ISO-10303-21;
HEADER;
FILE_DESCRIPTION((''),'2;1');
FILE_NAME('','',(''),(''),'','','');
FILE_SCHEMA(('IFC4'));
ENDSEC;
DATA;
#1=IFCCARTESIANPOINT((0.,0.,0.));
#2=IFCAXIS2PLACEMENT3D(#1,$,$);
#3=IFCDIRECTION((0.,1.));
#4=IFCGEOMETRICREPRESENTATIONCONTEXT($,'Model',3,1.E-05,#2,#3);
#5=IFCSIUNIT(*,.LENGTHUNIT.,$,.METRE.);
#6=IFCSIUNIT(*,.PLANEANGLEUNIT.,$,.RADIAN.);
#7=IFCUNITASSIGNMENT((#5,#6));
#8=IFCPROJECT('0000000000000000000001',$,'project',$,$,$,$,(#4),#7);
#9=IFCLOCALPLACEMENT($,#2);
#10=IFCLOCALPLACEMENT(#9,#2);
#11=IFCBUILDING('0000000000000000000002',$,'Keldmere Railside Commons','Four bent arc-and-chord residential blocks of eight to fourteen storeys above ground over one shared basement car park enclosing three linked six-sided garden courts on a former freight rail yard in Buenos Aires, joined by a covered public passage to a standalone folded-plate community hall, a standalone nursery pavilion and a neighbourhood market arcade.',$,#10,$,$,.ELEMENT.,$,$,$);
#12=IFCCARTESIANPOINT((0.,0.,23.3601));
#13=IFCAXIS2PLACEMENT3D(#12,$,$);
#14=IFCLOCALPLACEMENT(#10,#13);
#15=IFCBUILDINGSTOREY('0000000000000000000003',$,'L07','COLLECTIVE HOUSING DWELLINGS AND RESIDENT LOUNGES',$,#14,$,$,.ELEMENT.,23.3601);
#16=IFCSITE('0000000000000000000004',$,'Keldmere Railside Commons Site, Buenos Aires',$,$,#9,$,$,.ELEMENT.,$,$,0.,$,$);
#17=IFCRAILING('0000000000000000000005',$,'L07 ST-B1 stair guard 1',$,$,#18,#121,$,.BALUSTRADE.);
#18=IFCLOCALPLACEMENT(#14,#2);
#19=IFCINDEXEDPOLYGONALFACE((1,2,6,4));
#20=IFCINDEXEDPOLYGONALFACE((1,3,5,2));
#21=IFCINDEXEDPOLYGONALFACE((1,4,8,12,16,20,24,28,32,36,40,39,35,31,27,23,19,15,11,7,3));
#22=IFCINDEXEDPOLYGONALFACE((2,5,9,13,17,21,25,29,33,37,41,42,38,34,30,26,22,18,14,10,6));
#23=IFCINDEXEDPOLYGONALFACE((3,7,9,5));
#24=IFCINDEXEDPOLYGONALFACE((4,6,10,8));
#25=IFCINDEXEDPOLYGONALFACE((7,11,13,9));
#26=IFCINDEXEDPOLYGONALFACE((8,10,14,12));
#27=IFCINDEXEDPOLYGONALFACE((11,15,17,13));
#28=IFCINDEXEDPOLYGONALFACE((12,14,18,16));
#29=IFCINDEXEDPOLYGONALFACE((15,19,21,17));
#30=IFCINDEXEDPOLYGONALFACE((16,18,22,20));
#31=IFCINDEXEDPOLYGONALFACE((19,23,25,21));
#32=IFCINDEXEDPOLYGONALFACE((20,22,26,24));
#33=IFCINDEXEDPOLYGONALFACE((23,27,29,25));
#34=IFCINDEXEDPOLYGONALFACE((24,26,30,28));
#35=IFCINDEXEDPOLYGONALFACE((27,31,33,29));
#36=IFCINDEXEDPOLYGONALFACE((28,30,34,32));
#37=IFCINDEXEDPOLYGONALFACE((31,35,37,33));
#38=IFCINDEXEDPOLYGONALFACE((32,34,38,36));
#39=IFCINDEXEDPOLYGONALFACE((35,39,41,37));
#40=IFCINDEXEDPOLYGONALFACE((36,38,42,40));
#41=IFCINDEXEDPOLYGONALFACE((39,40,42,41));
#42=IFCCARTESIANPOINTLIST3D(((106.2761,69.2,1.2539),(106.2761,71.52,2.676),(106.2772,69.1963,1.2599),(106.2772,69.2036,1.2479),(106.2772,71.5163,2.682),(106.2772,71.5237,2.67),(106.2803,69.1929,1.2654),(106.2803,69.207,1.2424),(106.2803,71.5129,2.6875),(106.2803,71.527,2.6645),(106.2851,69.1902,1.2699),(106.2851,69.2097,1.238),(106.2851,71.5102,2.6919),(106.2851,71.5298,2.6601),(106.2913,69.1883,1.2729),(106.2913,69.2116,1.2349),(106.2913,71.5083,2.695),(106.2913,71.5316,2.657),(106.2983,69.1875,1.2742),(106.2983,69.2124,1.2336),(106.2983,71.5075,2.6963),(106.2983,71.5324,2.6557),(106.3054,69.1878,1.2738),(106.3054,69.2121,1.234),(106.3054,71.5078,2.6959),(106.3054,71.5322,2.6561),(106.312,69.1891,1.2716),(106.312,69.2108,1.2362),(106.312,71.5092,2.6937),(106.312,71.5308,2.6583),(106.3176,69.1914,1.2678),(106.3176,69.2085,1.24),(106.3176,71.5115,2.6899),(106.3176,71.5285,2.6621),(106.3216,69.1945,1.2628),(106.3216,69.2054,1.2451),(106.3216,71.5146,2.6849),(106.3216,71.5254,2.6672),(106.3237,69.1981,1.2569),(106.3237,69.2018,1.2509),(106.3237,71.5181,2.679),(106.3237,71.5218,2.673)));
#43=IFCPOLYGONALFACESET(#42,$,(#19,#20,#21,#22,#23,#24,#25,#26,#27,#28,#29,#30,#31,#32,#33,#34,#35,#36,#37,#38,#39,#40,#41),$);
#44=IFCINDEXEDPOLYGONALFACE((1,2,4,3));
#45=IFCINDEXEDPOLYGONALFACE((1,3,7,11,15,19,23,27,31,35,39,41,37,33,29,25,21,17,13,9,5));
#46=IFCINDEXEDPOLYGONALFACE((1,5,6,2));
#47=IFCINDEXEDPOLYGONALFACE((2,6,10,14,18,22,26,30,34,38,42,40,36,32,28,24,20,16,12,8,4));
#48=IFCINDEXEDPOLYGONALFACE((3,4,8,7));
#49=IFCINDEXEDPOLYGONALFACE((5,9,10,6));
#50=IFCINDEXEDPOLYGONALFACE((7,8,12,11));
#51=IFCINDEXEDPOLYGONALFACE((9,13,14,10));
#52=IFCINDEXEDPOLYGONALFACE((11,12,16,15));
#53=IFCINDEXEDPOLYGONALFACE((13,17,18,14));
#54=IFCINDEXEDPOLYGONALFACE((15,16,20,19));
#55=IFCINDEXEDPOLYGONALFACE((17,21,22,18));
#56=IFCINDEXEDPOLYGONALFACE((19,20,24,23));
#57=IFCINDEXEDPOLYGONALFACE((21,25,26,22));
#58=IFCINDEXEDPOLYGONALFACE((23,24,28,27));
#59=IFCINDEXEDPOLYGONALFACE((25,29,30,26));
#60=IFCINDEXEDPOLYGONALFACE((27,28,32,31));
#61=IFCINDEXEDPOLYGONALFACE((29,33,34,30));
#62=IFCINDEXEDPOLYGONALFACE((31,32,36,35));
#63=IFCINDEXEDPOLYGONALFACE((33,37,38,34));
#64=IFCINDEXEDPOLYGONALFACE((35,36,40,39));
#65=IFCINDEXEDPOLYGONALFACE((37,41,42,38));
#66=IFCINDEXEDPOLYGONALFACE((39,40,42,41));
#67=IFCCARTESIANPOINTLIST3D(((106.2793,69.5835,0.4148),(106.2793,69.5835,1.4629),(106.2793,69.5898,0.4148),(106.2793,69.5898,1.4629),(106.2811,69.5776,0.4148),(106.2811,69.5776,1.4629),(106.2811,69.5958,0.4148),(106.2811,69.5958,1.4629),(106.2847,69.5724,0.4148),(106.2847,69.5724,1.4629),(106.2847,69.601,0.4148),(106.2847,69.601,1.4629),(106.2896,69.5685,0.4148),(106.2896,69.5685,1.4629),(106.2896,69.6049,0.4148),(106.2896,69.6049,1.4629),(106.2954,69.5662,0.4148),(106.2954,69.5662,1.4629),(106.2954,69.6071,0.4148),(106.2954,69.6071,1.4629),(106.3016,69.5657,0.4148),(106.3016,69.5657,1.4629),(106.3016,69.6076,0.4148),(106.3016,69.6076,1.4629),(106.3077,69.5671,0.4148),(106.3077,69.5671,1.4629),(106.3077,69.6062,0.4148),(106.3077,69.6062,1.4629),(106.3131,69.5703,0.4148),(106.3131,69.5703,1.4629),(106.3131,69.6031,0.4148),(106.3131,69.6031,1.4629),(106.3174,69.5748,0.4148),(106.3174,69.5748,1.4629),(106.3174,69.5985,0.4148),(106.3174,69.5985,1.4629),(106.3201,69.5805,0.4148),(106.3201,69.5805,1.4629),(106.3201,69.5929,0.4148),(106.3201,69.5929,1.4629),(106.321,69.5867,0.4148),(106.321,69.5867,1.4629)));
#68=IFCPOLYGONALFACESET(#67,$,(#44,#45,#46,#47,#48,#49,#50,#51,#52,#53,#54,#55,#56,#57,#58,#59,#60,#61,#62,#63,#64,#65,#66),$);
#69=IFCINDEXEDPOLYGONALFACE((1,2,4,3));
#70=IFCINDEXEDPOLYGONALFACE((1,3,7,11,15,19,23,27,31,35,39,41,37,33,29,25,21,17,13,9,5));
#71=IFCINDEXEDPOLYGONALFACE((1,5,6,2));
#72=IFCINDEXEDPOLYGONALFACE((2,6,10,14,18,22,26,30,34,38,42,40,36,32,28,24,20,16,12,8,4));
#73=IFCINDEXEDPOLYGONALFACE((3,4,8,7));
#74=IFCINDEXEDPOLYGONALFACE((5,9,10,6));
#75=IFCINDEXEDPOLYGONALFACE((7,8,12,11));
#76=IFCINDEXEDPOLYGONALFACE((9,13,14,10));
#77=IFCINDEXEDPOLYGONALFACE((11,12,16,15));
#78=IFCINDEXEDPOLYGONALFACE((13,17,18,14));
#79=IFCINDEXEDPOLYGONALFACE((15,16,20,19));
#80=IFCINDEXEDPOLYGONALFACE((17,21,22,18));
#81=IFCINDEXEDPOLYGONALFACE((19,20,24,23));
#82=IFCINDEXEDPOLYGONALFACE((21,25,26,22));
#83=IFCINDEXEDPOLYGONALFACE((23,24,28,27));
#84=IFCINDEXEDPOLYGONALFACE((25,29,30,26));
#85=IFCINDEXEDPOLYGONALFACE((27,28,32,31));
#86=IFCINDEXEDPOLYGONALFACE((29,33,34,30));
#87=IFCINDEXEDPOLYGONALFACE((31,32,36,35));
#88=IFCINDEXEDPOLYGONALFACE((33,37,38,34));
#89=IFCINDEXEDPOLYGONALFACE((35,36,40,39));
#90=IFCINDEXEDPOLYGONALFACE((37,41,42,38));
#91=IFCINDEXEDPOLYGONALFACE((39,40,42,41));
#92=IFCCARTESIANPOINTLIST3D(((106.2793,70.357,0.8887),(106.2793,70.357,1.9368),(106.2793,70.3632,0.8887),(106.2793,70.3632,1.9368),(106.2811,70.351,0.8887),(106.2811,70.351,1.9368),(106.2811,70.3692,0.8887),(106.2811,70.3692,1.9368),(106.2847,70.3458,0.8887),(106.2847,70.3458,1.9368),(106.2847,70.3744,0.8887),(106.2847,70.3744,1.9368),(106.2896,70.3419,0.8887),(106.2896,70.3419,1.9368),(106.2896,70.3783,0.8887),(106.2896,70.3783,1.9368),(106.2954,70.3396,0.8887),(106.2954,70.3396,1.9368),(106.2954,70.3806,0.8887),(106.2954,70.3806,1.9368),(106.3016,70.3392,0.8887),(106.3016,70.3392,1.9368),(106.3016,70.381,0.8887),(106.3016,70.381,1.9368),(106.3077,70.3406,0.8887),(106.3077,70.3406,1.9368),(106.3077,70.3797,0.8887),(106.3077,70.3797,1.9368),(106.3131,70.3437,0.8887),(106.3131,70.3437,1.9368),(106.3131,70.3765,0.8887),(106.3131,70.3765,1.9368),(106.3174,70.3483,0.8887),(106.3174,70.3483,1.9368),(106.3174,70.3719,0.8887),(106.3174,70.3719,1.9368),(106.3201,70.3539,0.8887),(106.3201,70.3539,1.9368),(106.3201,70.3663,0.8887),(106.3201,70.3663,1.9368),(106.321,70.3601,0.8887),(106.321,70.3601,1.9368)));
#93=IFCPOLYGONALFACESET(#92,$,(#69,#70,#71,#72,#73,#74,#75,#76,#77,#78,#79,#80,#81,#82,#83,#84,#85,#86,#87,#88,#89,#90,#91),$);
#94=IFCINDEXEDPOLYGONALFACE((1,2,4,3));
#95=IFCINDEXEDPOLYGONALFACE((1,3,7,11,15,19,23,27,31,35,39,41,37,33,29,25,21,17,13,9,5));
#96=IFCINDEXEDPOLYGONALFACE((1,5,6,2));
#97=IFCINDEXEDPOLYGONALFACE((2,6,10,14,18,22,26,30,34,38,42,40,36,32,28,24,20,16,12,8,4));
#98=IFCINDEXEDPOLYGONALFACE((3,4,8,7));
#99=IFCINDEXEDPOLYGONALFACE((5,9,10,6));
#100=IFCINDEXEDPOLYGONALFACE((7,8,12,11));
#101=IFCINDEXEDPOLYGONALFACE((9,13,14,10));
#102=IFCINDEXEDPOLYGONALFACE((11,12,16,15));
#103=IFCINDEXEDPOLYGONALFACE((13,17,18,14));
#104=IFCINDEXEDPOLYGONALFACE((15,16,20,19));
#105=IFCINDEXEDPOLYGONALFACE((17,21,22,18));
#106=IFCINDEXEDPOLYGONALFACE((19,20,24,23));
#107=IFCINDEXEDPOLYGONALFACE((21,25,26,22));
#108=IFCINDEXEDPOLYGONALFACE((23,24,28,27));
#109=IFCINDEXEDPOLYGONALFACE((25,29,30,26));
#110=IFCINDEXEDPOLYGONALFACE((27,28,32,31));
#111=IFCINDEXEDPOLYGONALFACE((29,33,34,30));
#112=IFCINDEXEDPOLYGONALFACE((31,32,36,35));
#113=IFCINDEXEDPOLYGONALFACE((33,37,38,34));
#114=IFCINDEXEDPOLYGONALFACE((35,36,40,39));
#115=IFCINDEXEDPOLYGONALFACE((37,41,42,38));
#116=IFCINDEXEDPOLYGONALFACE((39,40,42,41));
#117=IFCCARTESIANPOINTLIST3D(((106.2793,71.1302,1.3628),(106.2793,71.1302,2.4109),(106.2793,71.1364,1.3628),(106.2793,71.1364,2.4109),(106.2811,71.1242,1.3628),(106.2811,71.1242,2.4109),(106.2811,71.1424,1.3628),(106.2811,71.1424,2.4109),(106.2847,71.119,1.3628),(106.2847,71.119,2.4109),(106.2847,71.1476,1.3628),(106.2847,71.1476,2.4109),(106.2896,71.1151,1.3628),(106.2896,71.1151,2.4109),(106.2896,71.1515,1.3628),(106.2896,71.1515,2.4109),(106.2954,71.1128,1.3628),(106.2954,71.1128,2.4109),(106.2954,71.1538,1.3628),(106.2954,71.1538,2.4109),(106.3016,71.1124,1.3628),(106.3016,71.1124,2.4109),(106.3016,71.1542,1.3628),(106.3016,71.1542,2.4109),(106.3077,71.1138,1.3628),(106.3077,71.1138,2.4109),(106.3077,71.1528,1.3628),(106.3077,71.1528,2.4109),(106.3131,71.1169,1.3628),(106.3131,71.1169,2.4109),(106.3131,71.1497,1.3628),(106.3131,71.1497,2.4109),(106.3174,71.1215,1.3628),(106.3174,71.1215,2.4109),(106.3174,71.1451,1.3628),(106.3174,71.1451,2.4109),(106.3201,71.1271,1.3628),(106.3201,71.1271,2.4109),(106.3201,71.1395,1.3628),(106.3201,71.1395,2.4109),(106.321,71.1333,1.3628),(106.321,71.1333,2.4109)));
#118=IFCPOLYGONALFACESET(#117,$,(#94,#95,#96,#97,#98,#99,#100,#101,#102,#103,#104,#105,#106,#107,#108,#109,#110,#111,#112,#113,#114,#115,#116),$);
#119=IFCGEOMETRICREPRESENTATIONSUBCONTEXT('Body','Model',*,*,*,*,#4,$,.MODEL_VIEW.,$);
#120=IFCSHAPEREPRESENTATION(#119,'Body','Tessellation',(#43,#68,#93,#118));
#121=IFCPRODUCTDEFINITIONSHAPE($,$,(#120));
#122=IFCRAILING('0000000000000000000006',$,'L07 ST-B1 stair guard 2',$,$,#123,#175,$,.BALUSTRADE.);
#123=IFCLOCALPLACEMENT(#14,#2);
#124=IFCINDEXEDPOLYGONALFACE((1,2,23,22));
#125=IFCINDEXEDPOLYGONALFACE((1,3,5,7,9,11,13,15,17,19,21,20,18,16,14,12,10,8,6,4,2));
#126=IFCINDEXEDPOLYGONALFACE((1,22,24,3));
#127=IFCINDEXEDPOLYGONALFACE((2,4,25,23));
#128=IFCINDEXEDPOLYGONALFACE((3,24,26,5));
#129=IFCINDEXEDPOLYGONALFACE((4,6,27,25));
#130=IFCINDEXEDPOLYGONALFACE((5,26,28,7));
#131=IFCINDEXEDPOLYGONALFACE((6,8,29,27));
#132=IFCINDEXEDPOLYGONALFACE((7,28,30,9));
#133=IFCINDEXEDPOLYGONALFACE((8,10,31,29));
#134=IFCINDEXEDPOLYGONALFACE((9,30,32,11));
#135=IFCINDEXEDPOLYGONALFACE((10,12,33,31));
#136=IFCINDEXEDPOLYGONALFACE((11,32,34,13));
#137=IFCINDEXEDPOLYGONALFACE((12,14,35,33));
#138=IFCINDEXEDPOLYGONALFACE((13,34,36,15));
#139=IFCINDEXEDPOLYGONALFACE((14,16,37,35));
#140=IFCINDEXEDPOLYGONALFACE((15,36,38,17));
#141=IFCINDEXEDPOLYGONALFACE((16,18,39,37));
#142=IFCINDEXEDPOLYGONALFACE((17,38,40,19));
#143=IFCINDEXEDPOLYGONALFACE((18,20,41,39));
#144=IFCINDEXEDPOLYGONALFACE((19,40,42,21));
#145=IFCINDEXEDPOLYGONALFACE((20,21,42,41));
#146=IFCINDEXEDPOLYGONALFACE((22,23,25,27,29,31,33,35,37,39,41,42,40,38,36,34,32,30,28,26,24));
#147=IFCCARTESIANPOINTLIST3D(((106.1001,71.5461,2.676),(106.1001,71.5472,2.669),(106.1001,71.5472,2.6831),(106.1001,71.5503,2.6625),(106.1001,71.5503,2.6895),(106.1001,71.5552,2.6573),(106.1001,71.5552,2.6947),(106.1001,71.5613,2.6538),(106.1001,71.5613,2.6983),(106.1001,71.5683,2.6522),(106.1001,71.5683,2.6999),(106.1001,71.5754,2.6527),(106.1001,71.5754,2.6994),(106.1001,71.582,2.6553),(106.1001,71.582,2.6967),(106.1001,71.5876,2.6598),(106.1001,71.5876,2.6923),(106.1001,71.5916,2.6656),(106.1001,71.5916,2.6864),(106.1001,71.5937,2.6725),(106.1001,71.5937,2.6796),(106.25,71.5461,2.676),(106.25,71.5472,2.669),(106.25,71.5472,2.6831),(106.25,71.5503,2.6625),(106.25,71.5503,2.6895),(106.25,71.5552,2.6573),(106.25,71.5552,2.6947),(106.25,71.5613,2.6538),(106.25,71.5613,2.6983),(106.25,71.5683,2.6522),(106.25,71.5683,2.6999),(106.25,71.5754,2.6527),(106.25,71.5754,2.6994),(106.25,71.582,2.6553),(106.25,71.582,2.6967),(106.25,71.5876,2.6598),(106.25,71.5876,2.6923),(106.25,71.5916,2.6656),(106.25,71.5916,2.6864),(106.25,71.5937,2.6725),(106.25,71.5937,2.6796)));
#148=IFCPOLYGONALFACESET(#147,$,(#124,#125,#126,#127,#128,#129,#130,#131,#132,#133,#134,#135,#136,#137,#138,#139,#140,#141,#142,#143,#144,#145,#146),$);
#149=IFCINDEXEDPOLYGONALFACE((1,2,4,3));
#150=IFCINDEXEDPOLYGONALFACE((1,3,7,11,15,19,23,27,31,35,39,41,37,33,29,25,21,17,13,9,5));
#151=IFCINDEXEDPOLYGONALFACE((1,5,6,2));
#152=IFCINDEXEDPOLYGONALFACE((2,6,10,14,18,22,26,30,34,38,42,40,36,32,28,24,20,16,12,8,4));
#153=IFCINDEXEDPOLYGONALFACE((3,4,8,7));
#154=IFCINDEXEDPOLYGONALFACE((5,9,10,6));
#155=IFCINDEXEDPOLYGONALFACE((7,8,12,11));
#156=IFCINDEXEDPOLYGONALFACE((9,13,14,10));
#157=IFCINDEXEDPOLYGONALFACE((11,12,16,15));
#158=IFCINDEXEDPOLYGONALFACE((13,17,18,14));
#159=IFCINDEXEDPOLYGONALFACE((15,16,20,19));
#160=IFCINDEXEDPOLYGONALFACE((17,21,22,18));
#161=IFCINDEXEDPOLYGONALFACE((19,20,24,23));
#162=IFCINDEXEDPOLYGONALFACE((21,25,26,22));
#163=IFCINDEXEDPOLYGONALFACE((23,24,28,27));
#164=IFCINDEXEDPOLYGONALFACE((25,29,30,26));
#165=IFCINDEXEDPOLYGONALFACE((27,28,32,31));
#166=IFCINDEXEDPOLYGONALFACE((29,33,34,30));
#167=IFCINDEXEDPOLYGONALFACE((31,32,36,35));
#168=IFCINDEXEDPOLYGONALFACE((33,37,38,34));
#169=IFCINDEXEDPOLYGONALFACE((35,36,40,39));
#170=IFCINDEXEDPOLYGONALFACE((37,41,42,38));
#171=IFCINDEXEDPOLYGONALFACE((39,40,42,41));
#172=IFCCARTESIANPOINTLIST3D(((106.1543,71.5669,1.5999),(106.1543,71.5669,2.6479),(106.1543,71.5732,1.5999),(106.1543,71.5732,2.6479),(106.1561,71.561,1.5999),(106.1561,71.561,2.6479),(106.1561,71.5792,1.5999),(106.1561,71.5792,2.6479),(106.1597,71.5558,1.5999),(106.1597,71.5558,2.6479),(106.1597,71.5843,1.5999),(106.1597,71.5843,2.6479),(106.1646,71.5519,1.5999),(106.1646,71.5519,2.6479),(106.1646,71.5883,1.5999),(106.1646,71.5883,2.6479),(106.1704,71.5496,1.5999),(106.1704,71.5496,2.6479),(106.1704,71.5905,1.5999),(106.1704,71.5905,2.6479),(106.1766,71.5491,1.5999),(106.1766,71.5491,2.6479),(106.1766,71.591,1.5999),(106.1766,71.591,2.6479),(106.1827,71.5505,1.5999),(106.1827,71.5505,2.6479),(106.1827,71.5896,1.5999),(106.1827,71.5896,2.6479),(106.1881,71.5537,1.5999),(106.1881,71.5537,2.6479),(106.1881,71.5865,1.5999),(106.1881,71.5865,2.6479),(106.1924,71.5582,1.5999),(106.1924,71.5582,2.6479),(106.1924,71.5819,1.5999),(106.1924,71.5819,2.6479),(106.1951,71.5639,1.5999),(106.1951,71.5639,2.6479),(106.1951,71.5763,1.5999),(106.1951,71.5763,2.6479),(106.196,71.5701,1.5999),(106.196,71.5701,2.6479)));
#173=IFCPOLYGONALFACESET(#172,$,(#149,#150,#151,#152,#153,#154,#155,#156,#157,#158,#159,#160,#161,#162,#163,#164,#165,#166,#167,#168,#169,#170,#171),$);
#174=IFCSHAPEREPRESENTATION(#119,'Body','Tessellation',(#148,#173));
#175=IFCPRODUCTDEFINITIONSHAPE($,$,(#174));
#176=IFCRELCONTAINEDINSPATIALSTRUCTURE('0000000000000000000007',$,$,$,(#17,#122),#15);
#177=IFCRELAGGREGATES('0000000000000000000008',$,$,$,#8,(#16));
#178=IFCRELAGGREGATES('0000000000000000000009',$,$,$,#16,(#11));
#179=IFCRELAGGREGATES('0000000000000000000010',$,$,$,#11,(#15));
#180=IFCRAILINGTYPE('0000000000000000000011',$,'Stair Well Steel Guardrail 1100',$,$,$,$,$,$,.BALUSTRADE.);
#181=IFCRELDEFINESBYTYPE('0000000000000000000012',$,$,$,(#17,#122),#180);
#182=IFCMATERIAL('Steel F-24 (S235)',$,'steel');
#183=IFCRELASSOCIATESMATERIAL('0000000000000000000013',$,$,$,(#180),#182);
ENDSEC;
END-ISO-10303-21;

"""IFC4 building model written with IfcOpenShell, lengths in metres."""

from ifc_helpers import new_model, si_unit, direction, frame, origin, origin_2d, place, context, subcontext, project, spatial, circle, extrude, material, type_object, element, save


model = new_model("IFC4")

# Units and contexts
model_context = context("Model", 3, precision=1e-05, world=origin(), true_north=direction((0.0, 1.0)))
body_context = subcontext(model_context, "Body", "Model", "MODEL_VIEW")
ifc_project = project(units=[si_unit("LENGTHUNIT", "METRE"), si_unit("PLANEANGLEUNIT", "RADIAN")], contexts=[model_context])

# Site, building, storey
site_placement = place(None, origin())
site = spatial("IfcSite", under=ifc_project, at=site_placement, Name="Keldmere Railside Commons Site, Buenos Aires", CompositionType="ELEMENT", RefElevation=0.0)
building_placement = place(site_placement, origin())
building = spatial("IfcBuilding", under=site, at=building_placement, Name="Keldmere Railside Commons", Description="Four bent arc-and-chord residential blocks of eight to fourteen storeys above ground over one shared basement car park enclosing three linked six-sided garden courts on a former freight rail yard in Buenos Aires, joined by a covered public passage to a standalone folded-plate community hall, a standalone nursery pavilion and a neighbourhood market arcade.", CompositionType="ELEMENT")
storey_placement = place(building_placement, frame((0.0, 0.0, 23.3601)))
storey = spatial("IfcBuildingStorey", under=building, at=storey_placement, Name="L07", Description="COLLECTIVE HOUSING DWELLINGS AND RESIDENT LOUNGES", CompositionType="ELEMENT", Elevation=23.3601)

# Shared definitions
ifc_material_1 = material(Name="Steel F-24 (S235)", Category="steel")

# Railings
railing_type_1 = type_object("IfcRailingType", Name="Stair Well Steel Guardrail 1100", PredefinedType="BALUSTRADE", material=ifc_material_1)
railing_1_placement = place(storey_placement, frame((106.3, 69.2, 0.1777)))
element("IfcRailing", 1, at=railing_1_placement, inside=storey, type_object=railing_type_1, Name="L07 ST-B1 stair guard 1", PredefinedType="BALUSTRADE", context=body_context, shape_type="SweptSolid", body=[
    extrude(circle(Radius=0.0239, at=origin_2d()), frame((0.0, 0.0, 1.0762), z_axis=(0.0, 0.852578, 0.5226), x_axis=(-1.0, 0.0, 0.0)), (0.0, 0.0, 1.0), 2.7212),
    extrude(circle(Radius=0.021, at=origin_2d()), frame((0.0, 0.3867, 0.2371)), (0.0, 0.0, 1.0), 1.0481),
    extrude(circle(Radius=0.021, at=origin_2d()), frame((0.0, 1.1602, 0.7109)), (0.0, 0.0, 1.0), 1.0481),
    extrude(circle(Radius=0.021, at=origin_2d()), frame((0.0, 1.9333, 1.1851)), (0.0, 0.0, 1.0), 1.0481),
])
railing_2_placement = place(storey_placement, frame((106.25, 71.5701, 1.5999)))
element("IfcRailing", 2, at=railing_2_placement, inside=storey, type_object=railing_type_1, Name="L07 ST-B1 stair guard 2", PredefinedType="BALUSTRADE", context=body_context, shape_type="SweptSolid", body=[
    extrude(circle(Radius=0.0239, at=origin_2d()), frame((0.0, 0.0, 1.0762), z_axis=(-1.0, 0.0, 0.0), x_axis=(0.0, -1.0, 0.0)), (0.0, 0.0, 1.0), 0.1499),
    extrude(circle(Radius=0.021, at=origin_2d()), frame((-0.075, 0.0, 0.0)), (0.0, 0.0, 1.0), 1.0481),
])

save(model, "model.ifc")
